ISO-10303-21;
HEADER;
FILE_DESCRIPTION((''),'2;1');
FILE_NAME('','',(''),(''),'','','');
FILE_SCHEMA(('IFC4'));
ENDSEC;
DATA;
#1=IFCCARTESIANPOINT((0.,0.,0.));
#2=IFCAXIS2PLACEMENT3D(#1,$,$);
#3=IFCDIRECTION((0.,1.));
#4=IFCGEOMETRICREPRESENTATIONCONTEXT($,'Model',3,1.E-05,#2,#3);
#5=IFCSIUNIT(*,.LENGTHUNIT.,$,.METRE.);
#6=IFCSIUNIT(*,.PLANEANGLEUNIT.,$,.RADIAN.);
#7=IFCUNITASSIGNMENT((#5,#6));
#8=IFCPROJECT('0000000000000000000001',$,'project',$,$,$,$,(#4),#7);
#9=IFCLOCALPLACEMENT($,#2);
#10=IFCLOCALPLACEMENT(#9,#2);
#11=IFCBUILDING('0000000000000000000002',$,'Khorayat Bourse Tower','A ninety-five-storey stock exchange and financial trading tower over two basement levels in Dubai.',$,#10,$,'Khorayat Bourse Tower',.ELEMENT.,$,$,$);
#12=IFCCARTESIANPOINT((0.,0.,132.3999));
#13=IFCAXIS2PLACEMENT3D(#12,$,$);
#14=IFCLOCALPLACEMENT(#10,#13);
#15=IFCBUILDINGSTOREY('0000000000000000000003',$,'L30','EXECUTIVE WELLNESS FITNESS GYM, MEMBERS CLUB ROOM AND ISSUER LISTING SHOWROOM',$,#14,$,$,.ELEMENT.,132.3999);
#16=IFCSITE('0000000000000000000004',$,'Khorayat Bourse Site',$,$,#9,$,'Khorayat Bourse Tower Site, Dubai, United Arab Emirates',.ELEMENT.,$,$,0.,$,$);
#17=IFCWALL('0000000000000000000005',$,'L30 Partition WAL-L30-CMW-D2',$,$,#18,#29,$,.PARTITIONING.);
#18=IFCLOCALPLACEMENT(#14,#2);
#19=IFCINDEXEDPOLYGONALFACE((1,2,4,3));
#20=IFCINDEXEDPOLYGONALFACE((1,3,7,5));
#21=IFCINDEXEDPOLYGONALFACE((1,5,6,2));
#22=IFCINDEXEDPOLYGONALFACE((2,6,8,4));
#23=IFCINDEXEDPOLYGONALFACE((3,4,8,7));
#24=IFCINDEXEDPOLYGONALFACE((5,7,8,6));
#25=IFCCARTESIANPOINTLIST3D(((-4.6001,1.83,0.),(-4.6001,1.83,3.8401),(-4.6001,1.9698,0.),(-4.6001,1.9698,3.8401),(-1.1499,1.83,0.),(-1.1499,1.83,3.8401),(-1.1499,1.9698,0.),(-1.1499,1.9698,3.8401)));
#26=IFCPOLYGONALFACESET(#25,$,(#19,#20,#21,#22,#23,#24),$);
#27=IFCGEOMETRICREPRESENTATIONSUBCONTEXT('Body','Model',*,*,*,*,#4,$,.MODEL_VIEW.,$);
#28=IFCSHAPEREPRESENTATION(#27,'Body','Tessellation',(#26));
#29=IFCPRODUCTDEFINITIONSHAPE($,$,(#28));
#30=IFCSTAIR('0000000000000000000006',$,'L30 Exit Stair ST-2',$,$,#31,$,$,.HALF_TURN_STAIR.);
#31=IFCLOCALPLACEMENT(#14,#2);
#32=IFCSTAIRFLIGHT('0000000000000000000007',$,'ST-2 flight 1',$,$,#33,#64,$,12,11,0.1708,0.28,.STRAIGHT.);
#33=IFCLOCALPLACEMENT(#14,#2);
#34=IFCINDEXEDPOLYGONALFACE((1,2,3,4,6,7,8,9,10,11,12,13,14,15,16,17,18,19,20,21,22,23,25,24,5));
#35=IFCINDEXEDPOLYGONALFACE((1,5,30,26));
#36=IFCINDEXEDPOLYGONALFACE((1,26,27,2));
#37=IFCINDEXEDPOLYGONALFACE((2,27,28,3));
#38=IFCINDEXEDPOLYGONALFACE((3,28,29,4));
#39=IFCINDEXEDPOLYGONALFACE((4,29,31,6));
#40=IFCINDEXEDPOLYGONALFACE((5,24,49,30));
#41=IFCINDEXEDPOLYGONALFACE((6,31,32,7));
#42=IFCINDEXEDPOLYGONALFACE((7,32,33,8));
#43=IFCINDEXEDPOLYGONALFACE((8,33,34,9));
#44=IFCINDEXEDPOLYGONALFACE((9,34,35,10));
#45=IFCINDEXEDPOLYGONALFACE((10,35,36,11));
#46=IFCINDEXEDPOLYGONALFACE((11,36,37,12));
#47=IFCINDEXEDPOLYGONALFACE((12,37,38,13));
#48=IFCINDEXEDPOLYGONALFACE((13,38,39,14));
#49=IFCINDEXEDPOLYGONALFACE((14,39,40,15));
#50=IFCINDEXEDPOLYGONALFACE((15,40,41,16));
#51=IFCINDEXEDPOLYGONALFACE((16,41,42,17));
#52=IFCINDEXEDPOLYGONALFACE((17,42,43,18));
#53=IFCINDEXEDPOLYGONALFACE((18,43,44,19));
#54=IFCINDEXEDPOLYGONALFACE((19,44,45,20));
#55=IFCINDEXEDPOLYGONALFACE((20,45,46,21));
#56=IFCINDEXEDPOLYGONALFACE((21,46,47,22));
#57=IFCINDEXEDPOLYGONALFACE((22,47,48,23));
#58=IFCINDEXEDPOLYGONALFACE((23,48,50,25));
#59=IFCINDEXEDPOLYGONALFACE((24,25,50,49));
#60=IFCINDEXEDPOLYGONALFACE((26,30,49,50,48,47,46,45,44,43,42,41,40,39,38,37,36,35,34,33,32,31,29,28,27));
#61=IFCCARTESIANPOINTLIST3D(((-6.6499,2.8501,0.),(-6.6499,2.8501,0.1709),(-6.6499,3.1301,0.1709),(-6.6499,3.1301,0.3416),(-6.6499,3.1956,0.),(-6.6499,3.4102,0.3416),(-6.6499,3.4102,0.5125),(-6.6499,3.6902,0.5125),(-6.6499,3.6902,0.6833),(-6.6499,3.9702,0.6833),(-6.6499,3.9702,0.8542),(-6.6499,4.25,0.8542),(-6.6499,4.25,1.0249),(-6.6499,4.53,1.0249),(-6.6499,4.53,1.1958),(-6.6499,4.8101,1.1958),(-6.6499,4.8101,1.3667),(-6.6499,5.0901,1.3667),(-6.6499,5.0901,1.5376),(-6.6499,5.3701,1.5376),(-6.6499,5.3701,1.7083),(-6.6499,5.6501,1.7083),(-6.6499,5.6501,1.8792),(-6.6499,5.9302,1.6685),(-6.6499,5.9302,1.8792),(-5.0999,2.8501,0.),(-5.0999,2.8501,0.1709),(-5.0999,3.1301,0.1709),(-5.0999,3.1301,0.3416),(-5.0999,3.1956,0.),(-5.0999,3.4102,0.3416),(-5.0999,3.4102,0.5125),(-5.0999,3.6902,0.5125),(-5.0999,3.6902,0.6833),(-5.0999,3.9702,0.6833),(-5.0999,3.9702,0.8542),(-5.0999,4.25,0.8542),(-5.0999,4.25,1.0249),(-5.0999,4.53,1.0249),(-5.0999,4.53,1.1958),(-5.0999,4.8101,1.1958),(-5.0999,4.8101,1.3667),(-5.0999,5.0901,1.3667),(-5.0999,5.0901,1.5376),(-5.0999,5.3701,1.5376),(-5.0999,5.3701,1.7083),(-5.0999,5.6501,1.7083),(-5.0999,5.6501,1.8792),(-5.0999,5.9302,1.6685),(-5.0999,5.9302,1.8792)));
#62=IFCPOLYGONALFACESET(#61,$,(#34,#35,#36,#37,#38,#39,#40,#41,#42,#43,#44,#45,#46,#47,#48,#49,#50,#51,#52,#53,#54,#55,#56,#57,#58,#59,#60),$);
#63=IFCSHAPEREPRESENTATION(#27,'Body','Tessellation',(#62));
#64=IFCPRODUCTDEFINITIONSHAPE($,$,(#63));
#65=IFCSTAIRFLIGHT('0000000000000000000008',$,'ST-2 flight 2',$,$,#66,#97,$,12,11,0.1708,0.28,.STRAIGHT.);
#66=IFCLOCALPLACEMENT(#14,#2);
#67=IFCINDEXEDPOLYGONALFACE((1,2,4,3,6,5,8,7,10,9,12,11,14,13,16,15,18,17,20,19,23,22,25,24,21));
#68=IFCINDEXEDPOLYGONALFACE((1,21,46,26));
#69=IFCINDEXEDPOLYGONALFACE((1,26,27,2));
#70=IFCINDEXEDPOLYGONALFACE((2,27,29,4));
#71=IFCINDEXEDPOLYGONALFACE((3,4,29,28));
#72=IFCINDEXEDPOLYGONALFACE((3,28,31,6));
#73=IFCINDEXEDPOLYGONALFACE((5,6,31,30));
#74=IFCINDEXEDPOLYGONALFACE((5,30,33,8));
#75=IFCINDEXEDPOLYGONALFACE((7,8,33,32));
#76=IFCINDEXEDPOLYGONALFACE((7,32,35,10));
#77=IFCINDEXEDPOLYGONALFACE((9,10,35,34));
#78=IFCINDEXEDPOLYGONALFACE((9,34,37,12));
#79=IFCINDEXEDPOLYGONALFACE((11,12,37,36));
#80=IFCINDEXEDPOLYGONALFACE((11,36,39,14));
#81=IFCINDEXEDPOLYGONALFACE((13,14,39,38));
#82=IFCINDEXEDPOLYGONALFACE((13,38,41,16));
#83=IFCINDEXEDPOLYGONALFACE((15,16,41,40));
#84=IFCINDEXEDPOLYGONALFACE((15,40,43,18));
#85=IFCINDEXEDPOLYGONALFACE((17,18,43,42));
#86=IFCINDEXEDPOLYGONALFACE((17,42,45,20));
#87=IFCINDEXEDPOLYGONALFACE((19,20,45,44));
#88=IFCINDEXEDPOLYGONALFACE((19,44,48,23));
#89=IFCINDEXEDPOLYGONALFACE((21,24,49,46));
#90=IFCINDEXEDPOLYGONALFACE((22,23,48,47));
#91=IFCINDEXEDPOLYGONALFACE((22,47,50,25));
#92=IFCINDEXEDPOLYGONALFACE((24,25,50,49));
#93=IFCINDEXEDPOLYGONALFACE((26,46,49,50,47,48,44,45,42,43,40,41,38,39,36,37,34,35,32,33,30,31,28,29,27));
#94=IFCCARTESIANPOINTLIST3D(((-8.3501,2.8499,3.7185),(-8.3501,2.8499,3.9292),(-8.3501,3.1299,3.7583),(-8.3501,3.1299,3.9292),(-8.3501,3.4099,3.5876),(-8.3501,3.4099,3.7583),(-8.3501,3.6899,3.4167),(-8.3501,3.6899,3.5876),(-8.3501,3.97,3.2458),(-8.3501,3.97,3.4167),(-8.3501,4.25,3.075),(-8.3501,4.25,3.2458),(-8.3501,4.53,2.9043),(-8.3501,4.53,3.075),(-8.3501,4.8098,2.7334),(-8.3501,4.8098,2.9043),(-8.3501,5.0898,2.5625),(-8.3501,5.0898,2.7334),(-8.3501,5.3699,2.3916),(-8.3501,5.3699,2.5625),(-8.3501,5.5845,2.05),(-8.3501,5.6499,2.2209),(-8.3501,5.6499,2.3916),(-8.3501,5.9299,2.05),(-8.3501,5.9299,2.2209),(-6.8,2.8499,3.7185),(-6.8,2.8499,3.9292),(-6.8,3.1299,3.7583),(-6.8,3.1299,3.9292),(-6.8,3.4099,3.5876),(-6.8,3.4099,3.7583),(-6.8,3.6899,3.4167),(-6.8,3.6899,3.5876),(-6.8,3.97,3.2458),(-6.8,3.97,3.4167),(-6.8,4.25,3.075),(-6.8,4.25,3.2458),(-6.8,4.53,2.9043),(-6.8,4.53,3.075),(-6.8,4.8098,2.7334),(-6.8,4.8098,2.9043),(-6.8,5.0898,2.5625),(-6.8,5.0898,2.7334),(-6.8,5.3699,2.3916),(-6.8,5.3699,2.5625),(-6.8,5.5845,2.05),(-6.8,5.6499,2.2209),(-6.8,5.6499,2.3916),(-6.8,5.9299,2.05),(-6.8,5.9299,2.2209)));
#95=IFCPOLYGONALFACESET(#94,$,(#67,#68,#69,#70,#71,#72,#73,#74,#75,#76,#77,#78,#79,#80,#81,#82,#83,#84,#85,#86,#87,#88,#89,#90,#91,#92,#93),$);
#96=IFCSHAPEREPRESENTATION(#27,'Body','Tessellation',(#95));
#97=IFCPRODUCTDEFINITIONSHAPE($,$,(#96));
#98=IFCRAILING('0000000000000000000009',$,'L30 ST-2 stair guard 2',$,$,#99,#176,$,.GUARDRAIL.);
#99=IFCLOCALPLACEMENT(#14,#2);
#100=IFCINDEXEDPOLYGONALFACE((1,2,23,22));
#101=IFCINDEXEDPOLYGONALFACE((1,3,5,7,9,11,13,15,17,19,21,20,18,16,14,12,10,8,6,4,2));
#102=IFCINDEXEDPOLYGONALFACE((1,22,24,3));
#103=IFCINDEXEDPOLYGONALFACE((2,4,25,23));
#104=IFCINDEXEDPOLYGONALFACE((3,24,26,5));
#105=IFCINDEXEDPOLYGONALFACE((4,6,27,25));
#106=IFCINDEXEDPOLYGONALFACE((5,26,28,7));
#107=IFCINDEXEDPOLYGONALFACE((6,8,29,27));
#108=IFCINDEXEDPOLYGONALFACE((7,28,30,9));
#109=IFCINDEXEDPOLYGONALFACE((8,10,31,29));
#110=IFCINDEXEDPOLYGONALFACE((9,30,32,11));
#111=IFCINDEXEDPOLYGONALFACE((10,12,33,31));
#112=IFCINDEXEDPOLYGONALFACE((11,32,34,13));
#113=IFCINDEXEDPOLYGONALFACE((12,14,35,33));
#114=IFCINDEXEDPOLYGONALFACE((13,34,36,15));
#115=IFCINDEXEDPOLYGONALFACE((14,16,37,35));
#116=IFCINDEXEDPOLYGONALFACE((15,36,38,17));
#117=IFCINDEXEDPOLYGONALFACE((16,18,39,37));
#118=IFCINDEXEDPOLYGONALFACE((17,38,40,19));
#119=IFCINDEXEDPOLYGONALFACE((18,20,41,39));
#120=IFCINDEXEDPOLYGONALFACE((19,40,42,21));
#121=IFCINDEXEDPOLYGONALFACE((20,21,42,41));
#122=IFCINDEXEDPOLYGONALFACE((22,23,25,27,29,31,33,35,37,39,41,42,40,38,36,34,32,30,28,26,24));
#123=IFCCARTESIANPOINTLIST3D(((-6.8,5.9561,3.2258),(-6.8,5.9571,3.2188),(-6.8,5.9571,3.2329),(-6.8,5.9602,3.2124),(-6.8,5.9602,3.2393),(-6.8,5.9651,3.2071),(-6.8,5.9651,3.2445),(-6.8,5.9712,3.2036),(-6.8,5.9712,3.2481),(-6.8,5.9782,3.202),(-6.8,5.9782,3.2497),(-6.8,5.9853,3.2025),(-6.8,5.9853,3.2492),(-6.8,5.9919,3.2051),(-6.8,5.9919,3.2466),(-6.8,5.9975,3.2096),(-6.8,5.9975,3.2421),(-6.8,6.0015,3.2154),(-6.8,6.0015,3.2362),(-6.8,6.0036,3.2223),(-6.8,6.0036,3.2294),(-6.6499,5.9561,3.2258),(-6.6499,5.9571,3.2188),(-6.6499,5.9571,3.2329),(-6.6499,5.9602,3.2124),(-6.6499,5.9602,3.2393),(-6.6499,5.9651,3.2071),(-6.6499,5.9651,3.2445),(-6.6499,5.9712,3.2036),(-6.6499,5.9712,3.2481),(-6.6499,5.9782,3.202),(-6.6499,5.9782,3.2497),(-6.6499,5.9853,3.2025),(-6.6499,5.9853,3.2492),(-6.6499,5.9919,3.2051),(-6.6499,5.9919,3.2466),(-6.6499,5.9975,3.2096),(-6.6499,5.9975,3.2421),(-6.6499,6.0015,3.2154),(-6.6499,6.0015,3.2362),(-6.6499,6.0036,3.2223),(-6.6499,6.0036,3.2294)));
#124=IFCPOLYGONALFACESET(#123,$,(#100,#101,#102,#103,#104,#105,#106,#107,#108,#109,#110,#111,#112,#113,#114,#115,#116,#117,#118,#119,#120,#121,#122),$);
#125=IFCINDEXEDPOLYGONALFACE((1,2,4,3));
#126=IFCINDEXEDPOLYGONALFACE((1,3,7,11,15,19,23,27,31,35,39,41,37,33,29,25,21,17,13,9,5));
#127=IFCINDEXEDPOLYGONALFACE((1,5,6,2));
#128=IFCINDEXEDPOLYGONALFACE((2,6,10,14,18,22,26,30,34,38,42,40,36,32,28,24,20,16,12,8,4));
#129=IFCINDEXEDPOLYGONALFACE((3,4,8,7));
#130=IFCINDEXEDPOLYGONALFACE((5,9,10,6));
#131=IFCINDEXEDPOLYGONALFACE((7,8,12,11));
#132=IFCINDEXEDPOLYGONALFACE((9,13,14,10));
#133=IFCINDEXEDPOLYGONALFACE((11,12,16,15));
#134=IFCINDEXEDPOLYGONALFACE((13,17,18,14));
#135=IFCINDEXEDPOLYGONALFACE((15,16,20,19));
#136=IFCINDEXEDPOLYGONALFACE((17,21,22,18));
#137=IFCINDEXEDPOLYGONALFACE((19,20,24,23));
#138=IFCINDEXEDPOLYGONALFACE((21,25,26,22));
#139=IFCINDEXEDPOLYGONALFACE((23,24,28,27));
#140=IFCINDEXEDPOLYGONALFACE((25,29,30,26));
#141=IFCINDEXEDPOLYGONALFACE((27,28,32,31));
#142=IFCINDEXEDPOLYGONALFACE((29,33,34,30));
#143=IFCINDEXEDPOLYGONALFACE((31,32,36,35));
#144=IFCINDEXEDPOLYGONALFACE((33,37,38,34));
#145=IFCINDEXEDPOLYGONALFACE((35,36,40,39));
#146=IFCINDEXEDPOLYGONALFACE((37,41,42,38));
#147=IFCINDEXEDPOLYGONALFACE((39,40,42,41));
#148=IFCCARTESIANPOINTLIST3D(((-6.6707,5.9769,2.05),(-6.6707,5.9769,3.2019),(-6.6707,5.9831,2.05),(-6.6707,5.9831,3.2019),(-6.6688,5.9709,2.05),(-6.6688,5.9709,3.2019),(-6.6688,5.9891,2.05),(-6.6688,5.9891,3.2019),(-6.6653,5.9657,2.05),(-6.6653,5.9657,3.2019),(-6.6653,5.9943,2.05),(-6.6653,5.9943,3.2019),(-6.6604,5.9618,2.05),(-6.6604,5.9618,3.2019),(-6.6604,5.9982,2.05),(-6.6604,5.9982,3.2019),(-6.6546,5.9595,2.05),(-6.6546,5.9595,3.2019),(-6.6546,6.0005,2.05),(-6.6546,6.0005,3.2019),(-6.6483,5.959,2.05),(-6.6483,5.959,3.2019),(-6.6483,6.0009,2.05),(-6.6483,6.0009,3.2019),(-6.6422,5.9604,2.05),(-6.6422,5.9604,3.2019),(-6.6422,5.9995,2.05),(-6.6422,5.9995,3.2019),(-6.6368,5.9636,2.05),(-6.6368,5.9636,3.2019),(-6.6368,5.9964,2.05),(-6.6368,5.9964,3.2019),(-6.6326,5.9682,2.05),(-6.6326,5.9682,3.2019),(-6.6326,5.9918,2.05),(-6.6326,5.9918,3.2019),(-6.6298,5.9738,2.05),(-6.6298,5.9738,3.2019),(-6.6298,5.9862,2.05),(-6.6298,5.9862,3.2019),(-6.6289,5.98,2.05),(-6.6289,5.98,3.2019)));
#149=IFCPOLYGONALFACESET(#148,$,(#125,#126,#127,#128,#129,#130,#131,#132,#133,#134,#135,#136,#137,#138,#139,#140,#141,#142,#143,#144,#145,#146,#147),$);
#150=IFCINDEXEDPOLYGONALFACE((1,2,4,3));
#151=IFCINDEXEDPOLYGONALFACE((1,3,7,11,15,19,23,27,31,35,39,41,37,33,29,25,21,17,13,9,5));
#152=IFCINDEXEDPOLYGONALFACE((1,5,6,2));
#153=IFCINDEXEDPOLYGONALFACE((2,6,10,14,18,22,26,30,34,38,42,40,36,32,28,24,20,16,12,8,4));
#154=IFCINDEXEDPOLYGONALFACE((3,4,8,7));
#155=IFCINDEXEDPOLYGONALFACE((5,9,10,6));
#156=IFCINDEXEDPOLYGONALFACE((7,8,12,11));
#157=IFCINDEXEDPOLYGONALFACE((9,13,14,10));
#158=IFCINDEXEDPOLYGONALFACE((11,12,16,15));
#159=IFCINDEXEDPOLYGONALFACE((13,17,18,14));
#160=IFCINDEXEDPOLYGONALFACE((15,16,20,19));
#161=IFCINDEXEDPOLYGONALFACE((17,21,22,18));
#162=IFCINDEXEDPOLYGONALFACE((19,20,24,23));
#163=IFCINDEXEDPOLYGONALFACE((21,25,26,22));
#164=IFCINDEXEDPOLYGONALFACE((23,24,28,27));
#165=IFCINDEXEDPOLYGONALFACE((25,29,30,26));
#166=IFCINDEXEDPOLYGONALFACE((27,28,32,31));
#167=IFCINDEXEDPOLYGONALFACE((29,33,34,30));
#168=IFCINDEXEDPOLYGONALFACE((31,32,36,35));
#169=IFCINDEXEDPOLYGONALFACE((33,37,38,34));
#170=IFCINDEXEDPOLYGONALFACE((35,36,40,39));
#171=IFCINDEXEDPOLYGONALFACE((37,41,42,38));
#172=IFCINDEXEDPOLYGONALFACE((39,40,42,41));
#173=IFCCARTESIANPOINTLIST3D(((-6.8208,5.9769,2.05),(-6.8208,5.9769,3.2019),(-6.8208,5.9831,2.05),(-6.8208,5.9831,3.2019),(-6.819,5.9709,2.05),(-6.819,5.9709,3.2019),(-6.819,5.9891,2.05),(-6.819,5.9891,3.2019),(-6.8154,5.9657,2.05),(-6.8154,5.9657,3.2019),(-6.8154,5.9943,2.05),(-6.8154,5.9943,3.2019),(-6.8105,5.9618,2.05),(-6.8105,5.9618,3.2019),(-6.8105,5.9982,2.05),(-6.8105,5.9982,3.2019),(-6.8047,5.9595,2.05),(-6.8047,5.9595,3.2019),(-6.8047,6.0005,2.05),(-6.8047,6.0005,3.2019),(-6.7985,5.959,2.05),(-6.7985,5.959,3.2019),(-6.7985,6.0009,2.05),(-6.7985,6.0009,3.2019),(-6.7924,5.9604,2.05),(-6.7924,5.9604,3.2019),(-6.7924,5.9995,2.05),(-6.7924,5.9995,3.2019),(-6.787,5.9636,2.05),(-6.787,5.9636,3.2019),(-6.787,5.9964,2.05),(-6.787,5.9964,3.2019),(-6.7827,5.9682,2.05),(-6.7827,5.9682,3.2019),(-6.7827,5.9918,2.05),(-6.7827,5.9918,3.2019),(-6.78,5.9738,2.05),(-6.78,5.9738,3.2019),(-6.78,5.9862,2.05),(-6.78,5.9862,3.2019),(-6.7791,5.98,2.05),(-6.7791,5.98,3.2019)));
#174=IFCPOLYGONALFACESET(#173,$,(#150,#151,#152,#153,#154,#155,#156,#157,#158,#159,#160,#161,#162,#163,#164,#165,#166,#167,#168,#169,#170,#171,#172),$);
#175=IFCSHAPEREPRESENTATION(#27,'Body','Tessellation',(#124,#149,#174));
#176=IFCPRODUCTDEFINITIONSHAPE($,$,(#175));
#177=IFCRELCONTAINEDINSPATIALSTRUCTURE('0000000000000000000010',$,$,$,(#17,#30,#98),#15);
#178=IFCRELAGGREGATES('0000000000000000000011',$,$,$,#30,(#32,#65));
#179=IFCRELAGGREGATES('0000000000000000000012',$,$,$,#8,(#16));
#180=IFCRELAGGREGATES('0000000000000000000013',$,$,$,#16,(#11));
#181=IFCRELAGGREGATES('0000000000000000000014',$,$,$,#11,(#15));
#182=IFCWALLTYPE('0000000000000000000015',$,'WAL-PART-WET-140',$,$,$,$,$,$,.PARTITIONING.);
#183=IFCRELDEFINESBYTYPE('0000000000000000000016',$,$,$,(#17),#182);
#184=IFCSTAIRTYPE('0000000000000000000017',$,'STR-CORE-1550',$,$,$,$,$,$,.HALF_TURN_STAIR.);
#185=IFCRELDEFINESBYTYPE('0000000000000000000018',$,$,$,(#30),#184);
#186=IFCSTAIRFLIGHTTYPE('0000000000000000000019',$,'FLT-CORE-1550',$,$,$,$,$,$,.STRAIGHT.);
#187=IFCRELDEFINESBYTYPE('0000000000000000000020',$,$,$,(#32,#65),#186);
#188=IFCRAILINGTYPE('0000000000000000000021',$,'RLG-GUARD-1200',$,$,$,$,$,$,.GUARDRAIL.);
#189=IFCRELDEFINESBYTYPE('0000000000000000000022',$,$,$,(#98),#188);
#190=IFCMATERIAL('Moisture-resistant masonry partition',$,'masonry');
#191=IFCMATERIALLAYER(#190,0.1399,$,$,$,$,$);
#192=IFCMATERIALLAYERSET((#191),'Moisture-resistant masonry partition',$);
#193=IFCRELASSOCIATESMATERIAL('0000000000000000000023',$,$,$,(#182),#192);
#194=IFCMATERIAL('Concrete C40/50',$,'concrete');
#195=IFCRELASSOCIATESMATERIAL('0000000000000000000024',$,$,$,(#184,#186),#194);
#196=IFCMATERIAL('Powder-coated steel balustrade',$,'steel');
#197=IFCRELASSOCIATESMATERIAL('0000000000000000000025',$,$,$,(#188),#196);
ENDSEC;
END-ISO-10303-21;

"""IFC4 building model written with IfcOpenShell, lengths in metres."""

from ifc_helpers import new_model, si_unit, direction, frame, frame_2d, origin, origin_2d, place, context, subcontext, project, spatial, polyline, rectangle, circle, outline, extrude, source, transform, mapped, material, layer, layer_set, type_object, element, aggregate, save


model = new_model("IFC4")

# Units and contexts
model_context = context("Model", 3, precision=1e-05, world=origin(), true_north=direction((0.0, 1.0)))
body_context = subcontext(model_context, "Body", "Model", "MODEL_VIEW")
ifc_project = project(units=[si_unit("LENGTHUNIT", "METRE"), si_unit("PLANEANGLEUNIT", "RADIAN")], contexts=[model_context])

# Site, building, storey
site_placement = place(None, origin())
site = spatial("IfcSite", under=ifc_project, at=site_placement, Name="Khorayat Bourse Site", LongName="Khorayat Bourse Tower Site, Dubai, United Arab Emirates", CompositionType="ELEMENT", RefElevation=0.0)
building_placement = place(site_placement, origin())
building = spatial("IfcBuilding", under=site, at=building_placement, Name="Khorayat Bourse Tower", Description="A ninety-five-storey stock exchange and financial trading tower over two basement levels in Dubai.", LongName="Khorayat Bourse Tower", CompositionType="ELEMENT")
storey_placement = place(building_placement, frame((0.0, 0.0, 132.3999)))
storey = spatial("IfcBuildingStorey", under=building, at=storey_placement, Name="L30", Description="EXECUTIVE WELLNESS FITNESS GYM, MEMBERS CLUB ROOM AND ISSUER LISTING SHOWROOM", CompositionType="ELEMENT", Elevation=132.3999)

# Wall
ifc_material_1 = material(Name="Moisture-resistant masonry partition", Category="masonry")
ifc_layer_1 = layer(ifc_material_1, 0.1399)
ifc_layer_set_1 = layer_set([ifc_layer_1], Name="Moisture-resistant masonry partition")
wall_type_1 = type_object("IfcWallType", Name="WAL-PART-WET-140", PredefinedType="PARTITIONING", material=ifc_layer_set_1)
shared_shape_1 = source(origin(), body_context, "Body", "SweptSolid", [
    extrude(rectangle(XDim=3.4502, YDim=0.1399, at=frame_2d((1.7251, 0.0))), origin(), (0.0, 0.0, 1.0), 3.8401),
])
wall_1_placement = place(storey_placement, frame((-4.6001, 1.8999, 0.0), z_axis=(0.0, 0.0, 1.0), x_axis=(1.0, 0.0, 0.0)))
element("IfcWall", 1, at=wall_1_placement, inside=storey, type_object=wall_type_1, Name="L30 Partition WAL-L30-CMW-D2", PredefinedType="PARTITIONING", context=body_context, shape_type="MappedRepresentation", body=[
    mapped(shared_shape_1, transform((0.0, 0.0, 0.0), scale=1.0)),
])

# Stair, stair flights
ifc_material_2 = material(Name="Concrete C40/50", Category="concrete")
stair_type = type_object("IfcStairType", Name="STR-CORE-1550", PredefinedType="HALF_TURN_STAIR", material=ifc_material_2)
stair_placement = place(storey_placement, origin())
stair = element("IfcStair", 2, at=stair_placement, inside=storey, type_object=stair_type, Name="L30 Exit Stair ST-2", PredefinedType="HALF_TURN_STAIR")
stair_flight_type = type_object("IfcStairFlightType", Name="FLT-CORE-1550", PredefinedType="STRAIGHT", material=ifc_material_2)
shared_shape_2 = source(origin(), body_context, "Body", "SweptSolid", [
    extrude(outline(polyline([(0.0, 0.0), (0.0, 0.1709), (0.28, 0.1709), (0.28, 0.3416), (0.5601, 0.3416), (0.5601, 0.5125), (0.8401, 0.5125), (0.8401, 0.6833), (1.1201, 0.6833), (1.1201, 0.8542), (1.3999, 0.8542), (1.3999, 1.0249), (1.6799, 1.0249), (1.6799, 1.1958), (1.96, 1.1958), (1.96, 1.3667), (2.24, 1.3667), (2.24, 1.5376), (2.52, 1.5376), (2.52, 1.7083), (2.8, 1.7083), (2.8, 1.8792), (3.0801, 1.8792), (3.0801, 2.05), (3.0801, 1.6685), (0.3455, 0.0), (0.0, 0.0)])), frame((0.0, 0.7749, 0.0), z_axis=(0.0, -1.0, 0.0), x_axis=(1.0, 0.0, 0.0)), (0.0, 0.0, 1.0), 1.55),
])
stair_flight_1_placement = place(storey_placement, frame((-5.875, 2.8501, 0.0), z_axis=(0.0, 0.0, 1.0), x_axis=(0.0, 1.0, 0.0)))
stair_flight_1 = element("IfcStairFlight", 3, at=stair_flight_1_placement, type_object=stair_flight_type, Name="ST-2 flight 1", NumberOfRisers=12, NumberOfTreads=11, PredefinedType="STRAIGHT", RiserHeight=0.1708, TreadLength=0.28, context=body_context, shape_type="MappedRepresentation", body=[
    mapped(shared_shape_2, transform((0.0, 0.0, 0.0), scale=1.0)),
])
stair_flight_2_placement = place(storey_placement, frame((-7.575, 5.9299, 2.05), z_axis=(0.0, 0.0, 1.0), x_axis=(0.0, -1.0, 0.0)))
stair_flight_2 = element("IfcStairFlight", 4, at=stair_flight_2_placement, type_object=stair_flight_type, Name="ST-2 flight 2", NumberOfRisers=12, NumberOfTreads=11, PredefinedType="STRAIGHT", RiserHeight=0.1708, TreadLength=0.28, context=body_context, shape_type="MappedRepresentation", body=[
    mapped(shared_shape_2, transform((0.0, 0.0, 0.0), scale=1.0)),
])
aggregate(stair, [stair_flight_1, stair_flight_2])

# Railing
ifc_material_3 = material(Name="Powder-coated steel balustrade", Category="steel")
railing_type_1 = type_object("IfcRailingType", Name="RLG-GUARD-1200", PredefinedType="GUARDRAIL", material=ifc_material_3)
shared_shape_3 = source(origin(), body_context, "Body", "SweptSolid", [
    extrude(circle(Radius=0.0239, at=origin_2d()), frame((0.0, 0.0, 1.1758), z_axis=(-1.0, 0.0, 0.0), x_axis=(0.0, -1.0, 0.0)), (0.0, 0.0, 1.0), 0.1501),
    extrude(circle(Radius=0.021, at=origin_2d()), origin(), (0.0, 0.0, 1.0), 1.1519),
    extrude(circle(Radius=0.021, at=origin_2d()), frame((-0.1501, 0.0, 0.0)), (0.0, 0.0, 1.0), 1.1519),
])
for number, where, name in (
    (5, (-6.6499, 5.98, 2.05), "L30 ST-2 stair guard 2"),
):
    element("IfcRailing", number, at=place(storey_placement, frame(where)), inside=storey, type_object=railing_type_1, Name=name, PredefinedType="GUARDRAIL", context=body_context, shape_type="MappedRepresentation", body=[
        mapped(shared_shape_3, transform((0.0, 0.0, 0.0), scale=1.0)),
    ])

save(model, "model.ifc")
